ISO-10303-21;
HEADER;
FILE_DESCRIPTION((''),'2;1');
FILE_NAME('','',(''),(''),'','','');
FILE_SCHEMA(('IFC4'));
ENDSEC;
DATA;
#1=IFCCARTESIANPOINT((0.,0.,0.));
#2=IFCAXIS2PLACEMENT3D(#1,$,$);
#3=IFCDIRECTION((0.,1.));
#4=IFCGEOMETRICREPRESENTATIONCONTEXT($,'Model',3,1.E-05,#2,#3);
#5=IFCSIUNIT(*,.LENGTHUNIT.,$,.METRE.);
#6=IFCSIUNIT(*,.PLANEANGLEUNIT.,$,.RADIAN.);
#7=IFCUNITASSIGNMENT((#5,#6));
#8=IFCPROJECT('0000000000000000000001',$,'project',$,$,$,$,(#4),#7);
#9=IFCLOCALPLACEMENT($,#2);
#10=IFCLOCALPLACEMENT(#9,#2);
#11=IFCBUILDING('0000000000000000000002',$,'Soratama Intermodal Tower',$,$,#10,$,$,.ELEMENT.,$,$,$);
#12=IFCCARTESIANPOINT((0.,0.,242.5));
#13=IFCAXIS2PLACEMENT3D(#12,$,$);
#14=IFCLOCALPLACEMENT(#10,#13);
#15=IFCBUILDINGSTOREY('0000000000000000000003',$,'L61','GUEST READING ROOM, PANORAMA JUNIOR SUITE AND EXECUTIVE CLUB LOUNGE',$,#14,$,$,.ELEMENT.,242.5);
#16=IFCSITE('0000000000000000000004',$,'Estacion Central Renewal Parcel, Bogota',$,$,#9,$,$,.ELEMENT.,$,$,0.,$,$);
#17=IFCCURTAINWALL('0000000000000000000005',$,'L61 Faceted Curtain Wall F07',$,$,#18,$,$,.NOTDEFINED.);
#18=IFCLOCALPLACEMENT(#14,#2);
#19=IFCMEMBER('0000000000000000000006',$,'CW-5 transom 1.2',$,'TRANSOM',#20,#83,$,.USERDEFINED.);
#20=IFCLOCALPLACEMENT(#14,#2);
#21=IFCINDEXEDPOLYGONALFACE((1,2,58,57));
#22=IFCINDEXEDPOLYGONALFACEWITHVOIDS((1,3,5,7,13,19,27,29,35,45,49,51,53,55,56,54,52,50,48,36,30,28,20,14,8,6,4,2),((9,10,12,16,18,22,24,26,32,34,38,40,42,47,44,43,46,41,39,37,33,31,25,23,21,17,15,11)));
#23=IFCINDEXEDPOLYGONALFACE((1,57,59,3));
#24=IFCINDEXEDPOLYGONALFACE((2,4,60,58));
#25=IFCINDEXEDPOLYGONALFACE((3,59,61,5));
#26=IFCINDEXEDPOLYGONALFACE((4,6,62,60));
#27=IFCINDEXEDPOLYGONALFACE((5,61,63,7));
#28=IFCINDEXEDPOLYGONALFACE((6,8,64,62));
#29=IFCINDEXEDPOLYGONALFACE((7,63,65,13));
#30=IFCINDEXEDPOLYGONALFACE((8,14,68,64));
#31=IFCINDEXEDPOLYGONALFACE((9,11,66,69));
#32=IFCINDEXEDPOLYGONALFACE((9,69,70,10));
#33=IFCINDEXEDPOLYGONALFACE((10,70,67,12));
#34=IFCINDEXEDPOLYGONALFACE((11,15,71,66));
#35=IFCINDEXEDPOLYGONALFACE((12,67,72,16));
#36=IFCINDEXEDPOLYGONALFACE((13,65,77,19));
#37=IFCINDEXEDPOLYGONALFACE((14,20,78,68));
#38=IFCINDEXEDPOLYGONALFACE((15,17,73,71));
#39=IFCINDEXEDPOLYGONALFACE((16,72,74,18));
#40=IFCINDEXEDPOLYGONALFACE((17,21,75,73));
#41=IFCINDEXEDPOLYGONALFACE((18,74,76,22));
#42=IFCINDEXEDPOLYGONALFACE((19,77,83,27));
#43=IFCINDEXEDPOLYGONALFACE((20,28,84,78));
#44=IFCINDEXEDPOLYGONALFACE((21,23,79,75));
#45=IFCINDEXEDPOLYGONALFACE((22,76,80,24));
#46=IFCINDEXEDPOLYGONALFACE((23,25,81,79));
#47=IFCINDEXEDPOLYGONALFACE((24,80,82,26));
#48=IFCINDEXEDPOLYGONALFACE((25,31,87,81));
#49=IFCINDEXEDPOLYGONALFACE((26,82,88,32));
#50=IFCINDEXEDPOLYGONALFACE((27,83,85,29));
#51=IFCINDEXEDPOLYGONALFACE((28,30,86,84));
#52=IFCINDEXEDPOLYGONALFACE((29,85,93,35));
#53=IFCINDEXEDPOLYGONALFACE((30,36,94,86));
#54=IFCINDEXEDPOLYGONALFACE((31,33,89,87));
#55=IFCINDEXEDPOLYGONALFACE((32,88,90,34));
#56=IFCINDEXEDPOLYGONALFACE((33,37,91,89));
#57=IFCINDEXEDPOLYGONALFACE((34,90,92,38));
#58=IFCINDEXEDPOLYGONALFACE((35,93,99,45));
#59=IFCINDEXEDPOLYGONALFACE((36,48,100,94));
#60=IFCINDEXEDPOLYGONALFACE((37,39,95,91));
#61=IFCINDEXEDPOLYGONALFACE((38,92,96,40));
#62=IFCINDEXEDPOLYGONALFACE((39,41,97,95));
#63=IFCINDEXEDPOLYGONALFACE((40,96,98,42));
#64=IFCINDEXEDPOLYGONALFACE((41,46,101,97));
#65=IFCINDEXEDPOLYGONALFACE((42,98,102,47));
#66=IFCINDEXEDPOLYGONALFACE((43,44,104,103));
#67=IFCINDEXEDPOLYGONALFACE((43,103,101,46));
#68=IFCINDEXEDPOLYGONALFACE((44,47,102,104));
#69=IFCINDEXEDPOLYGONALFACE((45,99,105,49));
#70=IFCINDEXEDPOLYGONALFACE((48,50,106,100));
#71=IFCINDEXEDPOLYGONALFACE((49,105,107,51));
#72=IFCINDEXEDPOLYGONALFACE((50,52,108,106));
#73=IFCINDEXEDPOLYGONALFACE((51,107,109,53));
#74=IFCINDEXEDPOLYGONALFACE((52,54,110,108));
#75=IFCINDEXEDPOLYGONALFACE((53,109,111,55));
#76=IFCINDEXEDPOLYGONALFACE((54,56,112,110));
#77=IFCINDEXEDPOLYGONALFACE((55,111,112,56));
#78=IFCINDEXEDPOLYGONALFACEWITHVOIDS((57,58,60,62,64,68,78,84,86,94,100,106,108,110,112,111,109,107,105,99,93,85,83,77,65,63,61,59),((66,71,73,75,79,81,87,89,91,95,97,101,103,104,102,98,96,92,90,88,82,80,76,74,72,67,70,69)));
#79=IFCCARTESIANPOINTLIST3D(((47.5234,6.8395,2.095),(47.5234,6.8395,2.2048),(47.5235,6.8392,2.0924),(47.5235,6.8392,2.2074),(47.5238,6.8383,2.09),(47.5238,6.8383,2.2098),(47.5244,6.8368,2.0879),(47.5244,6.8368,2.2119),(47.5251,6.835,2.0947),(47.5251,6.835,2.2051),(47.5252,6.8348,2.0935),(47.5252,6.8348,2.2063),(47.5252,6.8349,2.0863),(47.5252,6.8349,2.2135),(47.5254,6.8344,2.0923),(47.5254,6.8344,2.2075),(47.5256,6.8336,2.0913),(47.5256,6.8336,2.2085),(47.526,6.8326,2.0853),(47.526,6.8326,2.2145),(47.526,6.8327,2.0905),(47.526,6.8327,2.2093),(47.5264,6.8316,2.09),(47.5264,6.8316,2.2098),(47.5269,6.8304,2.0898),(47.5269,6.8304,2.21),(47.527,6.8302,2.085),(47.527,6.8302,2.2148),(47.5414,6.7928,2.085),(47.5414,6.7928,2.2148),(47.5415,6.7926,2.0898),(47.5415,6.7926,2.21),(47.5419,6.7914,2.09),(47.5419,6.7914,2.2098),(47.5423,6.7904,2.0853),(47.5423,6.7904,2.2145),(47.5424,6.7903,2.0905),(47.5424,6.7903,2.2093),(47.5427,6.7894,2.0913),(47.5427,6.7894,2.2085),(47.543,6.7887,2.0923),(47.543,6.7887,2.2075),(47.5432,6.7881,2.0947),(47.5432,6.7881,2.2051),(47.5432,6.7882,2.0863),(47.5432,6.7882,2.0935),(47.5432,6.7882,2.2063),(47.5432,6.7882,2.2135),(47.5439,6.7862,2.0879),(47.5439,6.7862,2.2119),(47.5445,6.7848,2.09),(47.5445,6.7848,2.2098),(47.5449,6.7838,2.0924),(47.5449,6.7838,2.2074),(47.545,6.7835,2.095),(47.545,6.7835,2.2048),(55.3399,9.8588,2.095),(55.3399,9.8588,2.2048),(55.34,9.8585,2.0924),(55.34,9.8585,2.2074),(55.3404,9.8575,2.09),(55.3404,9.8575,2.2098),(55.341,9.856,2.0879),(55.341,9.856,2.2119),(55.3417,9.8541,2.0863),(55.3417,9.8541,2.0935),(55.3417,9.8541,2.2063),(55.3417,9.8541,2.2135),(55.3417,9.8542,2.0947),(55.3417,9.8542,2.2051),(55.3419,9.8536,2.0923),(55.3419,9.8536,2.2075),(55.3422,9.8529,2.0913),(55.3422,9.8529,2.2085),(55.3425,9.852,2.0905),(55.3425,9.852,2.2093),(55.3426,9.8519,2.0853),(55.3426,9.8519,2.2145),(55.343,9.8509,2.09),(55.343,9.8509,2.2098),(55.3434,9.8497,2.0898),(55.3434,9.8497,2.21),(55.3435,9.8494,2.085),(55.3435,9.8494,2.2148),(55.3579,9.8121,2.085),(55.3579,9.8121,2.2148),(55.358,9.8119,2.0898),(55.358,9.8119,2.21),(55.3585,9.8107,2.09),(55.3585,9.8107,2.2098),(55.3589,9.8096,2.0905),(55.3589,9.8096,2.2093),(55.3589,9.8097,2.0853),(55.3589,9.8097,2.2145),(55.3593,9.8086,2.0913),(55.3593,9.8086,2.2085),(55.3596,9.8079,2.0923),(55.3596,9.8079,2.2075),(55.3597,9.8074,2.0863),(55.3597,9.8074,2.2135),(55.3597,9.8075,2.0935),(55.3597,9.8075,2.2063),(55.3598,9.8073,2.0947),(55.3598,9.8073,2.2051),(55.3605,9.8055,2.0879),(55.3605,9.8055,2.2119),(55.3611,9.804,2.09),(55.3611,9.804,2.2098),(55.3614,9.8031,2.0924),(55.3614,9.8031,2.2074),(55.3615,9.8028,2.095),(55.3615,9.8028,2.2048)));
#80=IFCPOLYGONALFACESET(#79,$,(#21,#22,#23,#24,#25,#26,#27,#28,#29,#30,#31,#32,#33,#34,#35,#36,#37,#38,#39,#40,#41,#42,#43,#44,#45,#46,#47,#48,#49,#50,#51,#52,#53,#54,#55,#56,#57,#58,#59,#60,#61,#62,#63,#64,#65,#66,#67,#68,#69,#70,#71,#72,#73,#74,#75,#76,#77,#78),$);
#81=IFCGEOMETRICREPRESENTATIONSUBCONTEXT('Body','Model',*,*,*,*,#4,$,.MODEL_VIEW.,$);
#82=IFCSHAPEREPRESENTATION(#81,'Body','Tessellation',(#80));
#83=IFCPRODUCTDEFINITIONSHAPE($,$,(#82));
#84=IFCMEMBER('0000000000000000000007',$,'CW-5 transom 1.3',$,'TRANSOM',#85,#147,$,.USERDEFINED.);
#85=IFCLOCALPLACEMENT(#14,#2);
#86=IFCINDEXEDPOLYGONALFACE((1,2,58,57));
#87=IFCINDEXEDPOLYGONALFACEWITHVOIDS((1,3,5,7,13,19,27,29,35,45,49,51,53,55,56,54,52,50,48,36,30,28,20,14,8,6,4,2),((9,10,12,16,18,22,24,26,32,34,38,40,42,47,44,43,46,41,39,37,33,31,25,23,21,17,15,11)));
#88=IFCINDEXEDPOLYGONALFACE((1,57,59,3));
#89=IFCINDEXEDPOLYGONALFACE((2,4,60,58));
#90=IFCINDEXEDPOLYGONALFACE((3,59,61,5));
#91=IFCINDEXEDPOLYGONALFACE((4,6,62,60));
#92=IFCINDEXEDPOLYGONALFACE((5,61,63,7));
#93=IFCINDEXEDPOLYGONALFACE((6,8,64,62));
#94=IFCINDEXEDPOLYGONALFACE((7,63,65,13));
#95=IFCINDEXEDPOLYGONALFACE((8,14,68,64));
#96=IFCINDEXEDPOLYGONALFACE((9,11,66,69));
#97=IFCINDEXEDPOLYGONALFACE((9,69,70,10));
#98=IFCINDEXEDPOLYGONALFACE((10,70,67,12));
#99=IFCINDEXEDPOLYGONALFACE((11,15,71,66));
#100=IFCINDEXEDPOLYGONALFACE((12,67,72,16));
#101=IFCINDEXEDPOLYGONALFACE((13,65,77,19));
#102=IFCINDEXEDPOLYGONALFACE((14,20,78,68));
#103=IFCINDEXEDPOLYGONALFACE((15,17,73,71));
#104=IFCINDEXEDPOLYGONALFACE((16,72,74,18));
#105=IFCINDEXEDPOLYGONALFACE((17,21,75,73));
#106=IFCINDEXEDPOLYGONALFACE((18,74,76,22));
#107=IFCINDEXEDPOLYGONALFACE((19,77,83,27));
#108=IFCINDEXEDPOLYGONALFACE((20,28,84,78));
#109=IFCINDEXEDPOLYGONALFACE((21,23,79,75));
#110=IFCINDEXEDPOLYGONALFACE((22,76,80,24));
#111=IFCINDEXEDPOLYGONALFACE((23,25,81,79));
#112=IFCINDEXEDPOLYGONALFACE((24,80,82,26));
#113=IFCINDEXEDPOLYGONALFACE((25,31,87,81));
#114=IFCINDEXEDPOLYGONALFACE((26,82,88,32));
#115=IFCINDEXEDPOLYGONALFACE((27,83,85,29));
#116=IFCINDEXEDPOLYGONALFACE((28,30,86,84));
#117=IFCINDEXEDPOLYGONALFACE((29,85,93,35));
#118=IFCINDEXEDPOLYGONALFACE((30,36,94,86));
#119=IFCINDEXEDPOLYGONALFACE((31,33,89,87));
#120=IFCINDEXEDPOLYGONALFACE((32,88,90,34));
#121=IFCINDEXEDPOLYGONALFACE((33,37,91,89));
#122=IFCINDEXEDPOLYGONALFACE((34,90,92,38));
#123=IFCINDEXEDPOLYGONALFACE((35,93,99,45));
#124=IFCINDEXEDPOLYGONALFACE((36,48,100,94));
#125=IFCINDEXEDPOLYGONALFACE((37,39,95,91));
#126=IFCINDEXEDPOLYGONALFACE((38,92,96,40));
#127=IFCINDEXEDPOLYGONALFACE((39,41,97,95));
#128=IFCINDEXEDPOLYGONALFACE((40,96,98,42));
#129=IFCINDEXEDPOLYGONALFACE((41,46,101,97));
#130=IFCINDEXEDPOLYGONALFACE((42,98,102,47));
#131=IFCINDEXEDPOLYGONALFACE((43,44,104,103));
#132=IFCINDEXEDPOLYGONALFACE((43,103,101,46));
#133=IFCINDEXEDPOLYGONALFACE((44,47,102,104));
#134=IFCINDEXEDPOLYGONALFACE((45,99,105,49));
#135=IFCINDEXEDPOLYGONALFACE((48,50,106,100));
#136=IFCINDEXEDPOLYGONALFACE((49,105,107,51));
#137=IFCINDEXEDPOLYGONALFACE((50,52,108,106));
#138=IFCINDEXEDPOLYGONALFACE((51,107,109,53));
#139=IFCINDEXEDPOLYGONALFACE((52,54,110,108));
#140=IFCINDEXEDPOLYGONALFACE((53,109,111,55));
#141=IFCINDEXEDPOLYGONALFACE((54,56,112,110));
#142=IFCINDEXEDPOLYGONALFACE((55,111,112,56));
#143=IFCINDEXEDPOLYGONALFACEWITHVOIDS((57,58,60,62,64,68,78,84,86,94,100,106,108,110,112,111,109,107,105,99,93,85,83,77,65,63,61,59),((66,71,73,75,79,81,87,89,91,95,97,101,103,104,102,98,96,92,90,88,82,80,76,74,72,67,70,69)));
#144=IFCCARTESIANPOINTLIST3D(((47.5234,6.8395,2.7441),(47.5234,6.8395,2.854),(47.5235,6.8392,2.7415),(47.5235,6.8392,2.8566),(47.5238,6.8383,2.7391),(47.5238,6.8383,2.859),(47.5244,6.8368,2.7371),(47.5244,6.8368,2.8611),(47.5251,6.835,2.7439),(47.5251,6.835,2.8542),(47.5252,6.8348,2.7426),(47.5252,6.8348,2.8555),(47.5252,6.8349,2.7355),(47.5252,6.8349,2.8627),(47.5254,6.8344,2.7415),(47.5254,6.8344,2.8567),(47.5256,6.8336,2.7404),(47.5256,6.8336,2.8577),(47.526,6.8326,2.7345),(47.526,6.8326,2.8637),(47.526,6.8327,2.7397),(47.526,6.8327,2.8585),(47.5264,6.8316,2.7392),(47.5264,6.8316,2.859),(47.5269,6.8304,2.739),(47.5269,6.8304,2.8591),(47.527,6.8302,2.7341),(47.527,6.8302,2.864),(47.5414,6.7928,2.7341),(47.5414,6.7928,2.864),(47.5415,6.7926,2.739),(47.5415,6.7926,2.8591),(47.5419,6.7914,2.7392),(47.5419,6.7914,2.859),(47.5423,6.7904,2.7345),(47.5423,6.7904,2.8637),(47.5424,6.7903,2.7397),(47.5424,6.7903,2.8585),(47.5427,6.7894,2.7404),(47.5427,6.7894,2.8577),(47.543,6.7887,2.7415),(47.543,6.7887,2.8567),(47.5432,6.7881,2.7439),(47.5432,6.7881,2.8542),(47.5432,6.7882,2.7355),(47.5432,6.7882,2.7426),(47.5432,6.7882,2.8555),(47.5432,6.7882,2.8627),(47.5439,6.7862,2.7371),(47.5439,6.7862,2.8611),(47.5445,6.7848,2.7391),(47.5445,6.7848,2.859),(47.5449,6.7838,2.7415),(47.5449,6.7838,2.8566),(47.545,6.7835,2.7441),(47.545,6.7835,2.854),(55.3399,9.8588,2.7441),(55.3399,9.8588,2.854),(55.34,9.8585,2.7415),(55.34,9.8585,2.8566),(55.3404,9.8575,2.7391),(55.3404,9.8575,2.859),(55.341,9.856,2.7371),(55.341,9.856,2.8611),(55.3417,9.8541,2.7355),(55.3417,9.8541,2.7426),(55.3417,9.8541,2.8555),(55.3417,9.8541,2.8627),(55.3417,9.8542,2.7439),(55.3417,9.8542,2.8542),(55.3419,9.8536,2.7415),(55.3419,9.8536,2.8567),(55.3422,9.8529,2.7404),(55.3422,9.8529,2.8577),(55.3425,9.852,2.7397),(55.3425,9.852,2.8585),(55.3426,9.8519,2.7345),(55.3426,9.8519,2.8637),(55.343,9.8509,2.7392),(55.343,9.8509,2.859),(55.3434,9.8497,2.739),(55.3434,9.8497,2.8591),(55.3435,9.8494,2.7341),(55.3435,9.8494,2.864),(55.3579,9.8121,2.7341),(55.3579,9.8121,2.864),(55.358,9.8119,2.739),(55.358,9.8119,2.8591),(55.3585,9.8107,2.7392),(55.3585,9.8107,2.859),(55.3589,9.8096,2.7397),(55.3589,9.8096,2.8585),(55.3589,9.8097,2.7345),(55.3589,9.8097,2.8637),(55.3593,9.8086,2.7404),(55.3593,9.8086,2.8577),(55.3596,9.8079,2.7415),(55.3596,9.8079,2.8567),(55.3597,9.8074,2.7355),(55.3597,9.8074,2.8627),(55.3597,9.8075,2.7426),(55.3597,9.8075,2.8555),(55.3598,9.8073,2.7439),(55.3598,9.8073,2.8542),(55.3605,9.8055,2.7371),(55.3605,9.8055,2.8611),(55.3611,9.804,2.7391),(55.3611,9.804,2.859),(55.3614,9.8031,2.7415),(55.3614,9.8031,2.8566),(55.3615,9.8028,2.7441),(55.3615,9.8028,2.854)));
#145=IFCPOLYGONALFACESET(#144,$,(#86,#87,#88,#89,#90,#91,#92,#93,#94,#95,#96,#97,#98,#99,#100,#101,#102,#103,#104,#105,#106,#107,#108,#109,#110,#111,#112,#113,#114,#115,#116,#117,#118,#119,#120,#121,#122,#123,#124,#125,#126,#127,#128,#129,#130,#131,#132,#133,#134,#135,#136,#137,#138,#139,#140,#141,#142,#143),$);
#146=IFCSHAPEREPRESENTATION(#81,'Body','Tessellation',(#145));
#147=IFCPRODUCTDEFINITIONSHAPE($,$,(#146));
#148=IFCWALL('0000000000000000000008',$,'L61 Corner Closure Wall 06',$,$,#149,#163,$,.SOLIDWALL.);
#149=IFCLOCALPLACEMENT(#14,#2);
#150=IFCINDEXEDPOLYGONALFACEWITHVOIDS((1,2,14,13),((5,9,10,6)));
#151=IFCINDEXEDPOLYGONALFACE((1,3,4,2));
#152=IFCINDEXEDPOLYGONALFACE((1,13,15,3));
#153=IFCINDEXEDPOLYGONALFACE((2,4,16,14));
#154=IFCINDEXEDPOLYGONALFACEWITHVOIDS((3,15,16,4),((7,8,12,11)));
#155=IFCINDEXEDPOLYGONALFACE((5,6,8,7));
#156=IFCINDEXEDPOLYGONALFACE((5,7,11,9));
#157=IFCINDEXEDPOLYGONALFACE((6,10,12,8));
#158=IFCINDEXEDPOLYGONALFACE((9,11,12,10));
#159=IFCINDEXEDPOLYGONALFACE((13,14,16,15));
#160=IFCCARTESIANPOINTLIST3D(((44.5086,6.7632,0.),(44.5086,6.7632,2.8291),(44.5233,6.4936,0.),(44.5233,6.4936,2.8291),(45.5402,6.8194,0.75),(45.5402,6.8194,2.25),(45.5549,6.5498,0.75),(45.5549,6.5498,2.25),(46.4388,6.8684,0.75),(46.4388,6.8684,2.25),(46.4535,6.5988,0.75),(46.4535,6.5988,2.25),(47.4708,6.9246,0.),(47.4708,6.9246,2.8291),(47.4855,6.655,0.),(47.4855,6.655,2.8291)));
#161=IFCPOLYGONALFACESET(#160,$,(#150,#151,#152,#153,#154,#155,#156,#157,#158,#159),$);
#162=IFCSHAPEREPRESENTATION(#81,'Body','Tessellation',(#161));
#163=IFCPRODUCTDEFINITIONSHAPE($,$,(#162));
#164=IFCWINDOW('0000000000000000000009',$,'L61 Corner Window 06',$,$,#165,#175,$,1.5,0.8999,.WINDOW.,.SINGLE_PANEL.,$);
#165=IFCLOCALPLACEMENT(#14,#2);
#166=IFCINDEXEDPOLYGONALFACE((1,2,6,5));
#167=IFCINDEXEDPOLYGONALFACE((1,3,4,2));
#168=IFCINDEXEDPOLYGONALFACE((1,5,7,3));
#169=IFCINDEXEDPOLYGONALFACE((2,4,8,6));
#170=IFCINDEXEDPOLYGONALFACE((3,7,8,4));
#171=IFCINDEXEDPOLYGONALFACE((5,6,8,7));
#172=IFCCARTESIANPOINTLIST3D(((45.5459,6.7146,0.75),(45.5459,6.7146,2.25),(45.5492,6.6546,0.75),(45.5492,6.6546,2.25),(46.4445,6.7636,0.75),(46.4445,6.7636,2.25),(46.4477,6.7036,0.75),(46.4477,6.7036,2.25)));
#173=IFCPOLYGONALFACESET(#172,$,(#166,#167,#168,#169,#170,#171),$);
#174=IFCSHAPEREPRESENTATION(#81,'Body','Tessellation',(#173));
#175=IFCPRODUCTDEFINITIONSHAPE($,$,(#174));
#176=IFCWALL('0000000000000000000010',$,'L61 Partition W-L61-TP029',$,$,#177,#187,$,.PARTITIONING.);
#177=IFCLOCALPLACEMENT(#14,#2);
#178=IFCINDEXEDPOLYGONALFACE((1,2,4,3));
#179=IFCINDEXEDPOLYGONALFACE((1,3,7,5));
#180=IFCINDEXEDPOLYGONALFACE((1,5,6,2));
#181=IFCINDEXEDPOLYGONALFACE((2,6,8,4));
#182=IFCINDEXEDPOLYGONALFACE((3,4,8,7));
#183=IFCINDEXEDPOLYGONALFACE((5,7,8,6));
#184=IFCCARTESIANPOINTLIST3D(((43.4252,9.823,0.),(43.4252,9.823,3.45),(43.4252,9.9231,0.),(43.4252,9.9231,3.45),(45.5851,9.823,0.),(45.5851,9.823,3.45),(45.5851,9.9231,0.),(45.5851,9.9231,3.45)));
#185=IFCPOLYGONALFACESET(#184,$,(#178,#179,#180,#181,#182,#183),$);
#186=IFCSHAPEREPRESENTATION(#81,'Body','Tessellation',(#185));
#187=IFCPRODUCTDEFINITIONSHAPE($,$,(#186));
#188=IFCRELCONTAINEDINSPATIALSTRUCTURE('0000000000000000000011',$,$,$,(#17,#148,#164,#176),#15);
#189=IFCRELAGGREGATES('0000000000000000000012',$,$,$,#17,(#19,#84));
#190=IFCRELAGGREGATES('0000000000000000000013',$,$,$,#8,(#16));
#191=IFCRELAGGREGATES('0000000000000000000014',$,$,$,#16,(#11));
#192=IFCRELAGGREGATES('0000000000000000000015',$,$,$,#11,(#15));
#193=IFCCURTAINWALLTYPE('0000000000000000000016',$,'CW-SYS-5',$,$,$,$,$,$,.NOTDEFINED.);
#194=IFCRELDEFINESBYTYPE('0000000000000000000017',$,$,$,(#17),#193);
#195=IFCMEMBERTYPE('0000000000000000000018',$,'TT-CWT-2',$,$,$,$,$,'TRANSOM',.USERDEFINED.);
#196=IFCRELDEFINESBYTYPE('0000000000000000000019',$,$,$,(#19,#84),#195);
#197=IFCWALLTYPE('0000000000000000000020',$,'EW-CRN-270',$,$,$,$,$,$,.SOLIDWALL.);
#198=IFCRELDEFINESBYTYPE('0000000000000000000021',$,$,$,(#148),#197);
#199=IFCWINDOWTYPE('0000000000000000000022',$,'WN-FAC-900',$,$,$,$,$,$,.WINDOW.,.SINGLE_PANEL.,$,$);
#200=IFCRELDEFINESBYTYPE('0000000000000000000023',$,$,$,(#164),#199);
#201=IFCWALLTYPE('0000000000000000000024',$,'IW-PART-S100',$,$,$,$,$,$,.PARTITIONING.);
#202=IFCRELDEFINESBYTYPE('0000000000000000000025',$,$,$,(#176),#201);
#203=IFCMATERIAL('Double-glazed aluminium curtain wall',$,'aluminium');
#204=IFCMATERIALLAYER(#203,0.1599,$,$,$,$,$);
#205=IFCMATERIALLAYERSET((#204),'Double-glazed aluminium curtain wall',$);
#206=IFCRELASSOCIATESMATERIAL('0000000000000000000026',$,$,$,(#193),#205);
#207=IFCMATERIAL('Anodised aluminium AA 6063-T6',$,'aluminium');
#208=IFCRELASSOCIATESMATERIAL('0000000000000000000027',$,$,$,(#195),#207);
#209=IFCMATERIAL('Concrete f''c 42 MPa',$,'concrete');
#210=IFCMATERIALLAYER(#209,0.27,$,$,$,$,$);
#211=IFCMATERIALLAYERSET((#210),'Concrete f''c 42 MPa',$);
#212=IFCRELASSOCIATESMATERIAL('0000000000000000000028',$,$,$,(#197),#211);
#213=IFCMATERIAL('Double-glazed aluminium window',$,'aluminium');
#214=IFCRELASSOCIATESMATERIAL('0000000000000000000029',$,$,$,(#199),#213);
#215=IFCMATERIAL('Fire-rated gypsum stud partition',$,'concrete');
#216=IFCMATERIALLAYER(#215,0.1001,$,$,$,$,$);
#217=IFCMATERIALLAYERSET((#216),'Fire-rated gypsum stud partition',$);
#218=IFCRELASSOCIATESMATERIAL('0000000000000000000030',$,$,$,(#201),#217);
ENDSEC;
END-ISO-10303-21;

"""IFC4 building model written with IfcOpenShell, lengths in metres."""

from ifc_helpers import new_model, si_unit, direction, frame, frame_2d, origin, origin_2d, place, context, subcontext, project, spatial, rectangle, hollow_rectangle, extrude, material, layer, layer_set, material_profile, profile_set, type_object, element, fill, aggregate, save


model = new_model("IFC4")

# Units and contexts
model_context = context("Model", 3, precision=1e-05, world=origin(), true_north=direction((0.0, 1.0)))
body_context = subcontext(model_context, "Body", "Model", "MODEL_VIEW")
ifc_project = project(units=[si_unit("LENGTHUNIT", "METRE"), si_unit("PLANEANGLEUNIT", "RADIAN")], contexts=[model_context])

# Site, building, storey
site_placement = place(None, origin())
site = spatial("IfcSite", under=ifc_project, at=site_placement, Name="Estacion Central Renewal Parcel, Bogota", CompositionType="ELEMENT", RefElevation=0.0)
building_placement = place(site_placement, origin())
building = spatial("IfcBuilding", under=site, at=building_placement, Name="Soratama Intermodal Tower", CompositionType="ELEMENT")
storey_placement = place(building_placement, frame((0.0, 0.0, 242.5)))
storey = spatial("IfcBuildingStorey", under=building, at=storey_placement, Name="L61", Description="GUEST READING ROOM, PANORAMA JUNIOR SUITE AND EXECUTIVE CLUB LOUNGE", CompositionType="ELEMENT", Elevation=242.5)

# Shared definitions
ifc_material_1 = material(Name="Double-glazed aluminium curtain wall", Category="aluminium")
ifc_layer_1 = layer(ifc_material_1, 0.1599)
ifc_layer_set_1 = layer_set([ifc_layer_1], Name="Double-glazed aluminium curtain wall")
curtain_wall_type = type_object("IfcCurtainWallType", Name="CW-SYS-5", PredefinedType="NOTDEFINED", material=ifc_layer_set_1)

# Curtain wall, members
curtain_wall_1_placement = place(storey_placement, origin())
curtain_wall_1 = element("IfcCurtainWall", 1, at=curtain_wall_1_placement, inside=storey, type_object=curtain_wall_type, Name="L61 Faceted Curtain Wall F07", PredefinedType="NOTDEFINED")
ifc_material_2 = material(Name="Anodised aluminium AA 6063-T6", Category="aluminium")
ifc_material_profile_1 = material_profile(ifc_material_2, hollow_rectangle(XDim=0.0601, YDim=0.1299, WallThickness=0.0049, InnerFilletRadius=0.0049, OuterFilletRadius=0.01, at=origin_2d()), Name="CWT130X60X5")
ifc_profile_set_1 = profile_set([ifc_material_profile_1], Name="Anodised aluminium AA 6063-T6")
member_type_1 = type_object("IfcMemberType", Name="TT-CWT-2", ElementType="TRANSOM", PredefinedType="USERDEFINED", material=ifc_profile_set_1)
member_1_placement = place(storey_placement, frame((47.5342, 6.8115, 2.1499), z_axis=(0.93283, 0.360318, 0.0), x_axis=(-0.360318, 0.93283, 0.0)))
member_1 = element("IfcMember", 2, at=member_1_placement, type_object=member_type_1, Name="CW-5 transom 1.2", ObjectType="TRANSOM", PredefinedType="USERDEFINED", context=body_context, shape_type="SweptSolid", body=[
    extrude(hollow_rectangle(XDim=0.0601, YDim=0.1299, WallThickness=0.0049, InnerFilletRadius=0.0049, OuterFilletRadius=0.01, at=origin_2d()), origin(), (0.0, 0.0, 1.0), 8.3794),
])
member_2_placement = place(storey_placement, frame((47.5342, 6.8115, 2.7991), z_axis=(0.93283, 0.360318, 0.0), x_axis=(-0.360318, 0.93283, 0.0)))
member_2 = element("IfcMember", 3, at=member_2_placement, type_object=member_type_1, Name="CW-5 transom 1.3", ObjectType="TRANSOM", PredefinedType="USERDEFINED", context=body_context, shape_type="SweptSolid", body=[
    extrude(hollow_rectangle(XDim=0.0601, YDim=0.1299, WallThickness=0.0049, InnerFilletRadius=0.0049, OuterFilletRadius=0.01, at=origin_2d()), origin(), (0.0, 0.0, 1.0), 8.3794),
])
aggregate(curtain_wall_1, [member_1, member_2])

# Wall, opening, window
ifc_material_3 = material(Name="Concrete f'c 42 MPa", Category="concrete")
ifc_layer_2 = layer(ifc_material_3, 0.27)
ifc_layer_set_2 = layer_set([ifc_layer_2], Name="Concrete f'c 42 MPa")
wall_type_1 = type_object("IfcWallType", Name="EW-CRN-270", PredefinedType="SOLIDWALL", material=ifc_layer_set_2)
wall_1_placement = place(storey_placement, frame((44.5159, 6.6284, 0.0), z_axis=(0.0, 0.0, 1.0), x_axis=(0.998519, 0.054399, 0.0)))
wall_1 = element("IfcWall", 4, at=wall_1_placement, inside=storey, type_object=wall_type_1, Name="L61 Corner Closure Wall 06", PredefinedType="SOLIDWALL", context=body_context, shape_type="SweptSolid", body=[
    extrude(rectangle(XDim=2.9666, YDim=0.27, at=frame_2d((1.4834, 0.0))), origin(), (0.0, 0.0, 1.0), 2.8291),
])
opening_1_placement = place(wall_1_placement, frame((1.0332, 0.0, 0.75)))
opening_1 = element("IfcOpeningElement", 5, at=opening_1_placement, cuts=wall_1, PredefinedType="OPENING", context=body_context, shape_type="SweptSolid", body=[
    extrude(rectangle(XDim=0.8999, YDim=1.5, at=frame_2d((0.45, 0.75))), frame((0.0, 0.145, 0.0), z_axis=(0.0, -1.0, 0.0), x_axis=(1.0, 0.0, 0.0)), (0.0, 0.0, 1.0), 0.29),
])
ifc_material_4 = material(Name="Double-glazed aluminium window", Category="aluminium")
window_type = type_object("IfcWindowType", Name="WN-FAC-900", PartitioningType="SINGLE_PANEL", PredefinedType="WINDOW", material=ifc_material_4)
window_placement = place(opening_1_placement, origin())
window = element("IfcWindow", 6, at=window_placement, inside=storey, type_object=window_type, Name="L61 Corner Window 06", OverallHeight=1.5, OverallWidth=0.8999, PartitioningType="SINGLE_PANEL", PredefinedType="WINDOW", context=body_context, shape_type="SweptSolid", body=[
    extrude(rectangle(XDim=0.8999, YDim=1.5, at=frame_2d((0.45, 0.75))), frame((0.0, 0.03, 0.0), z_axis=(0.0, -1.0, 0.0), x_axis=(1.0, 0.0, 0.0)), (0.0, 0.0, 1.0), 0.0601),
])
fill(opening_1, window)

# Wall
ifc_material_5 = material(Name="Fire-rated gypsum stud partition", Category="concrete")
ifc_layer_3 = layer(ifc_material_5, 0.1001)
ifc_layer_set_3 = layer_set([ifc_layer_3], Name="Fire-rated gypsum stud partition")
wall_type_2 = type_object("IfcWallType", Name="IW-PART-S100", PredefinedType="PARTITIONING", material=ifc_layer_set_3)
wall_2_placement = place(storey_placement, frame((43.425, 9.873, 0.0), z_axis=(0.0, 0.0, 1.0), x_axis=(1.0, 0.0, 0.0)))
element("IfcWall", 7, at=wall_2_placement, inside=storey, type_object=wall_type_2, Name="L61 Partition W-L61-TP029", PredefinedType="PARTITIONING", context=body_context, shape_type="SweptSolid", body=[
    extrude(rectangle(XDim=2.1599, YDim=0.1001, at=frame_2d((1.0801, 0.0))), origin(), (0.0, 0.0, 1.0), 3.45),
])

save(model, "model.ifc")
